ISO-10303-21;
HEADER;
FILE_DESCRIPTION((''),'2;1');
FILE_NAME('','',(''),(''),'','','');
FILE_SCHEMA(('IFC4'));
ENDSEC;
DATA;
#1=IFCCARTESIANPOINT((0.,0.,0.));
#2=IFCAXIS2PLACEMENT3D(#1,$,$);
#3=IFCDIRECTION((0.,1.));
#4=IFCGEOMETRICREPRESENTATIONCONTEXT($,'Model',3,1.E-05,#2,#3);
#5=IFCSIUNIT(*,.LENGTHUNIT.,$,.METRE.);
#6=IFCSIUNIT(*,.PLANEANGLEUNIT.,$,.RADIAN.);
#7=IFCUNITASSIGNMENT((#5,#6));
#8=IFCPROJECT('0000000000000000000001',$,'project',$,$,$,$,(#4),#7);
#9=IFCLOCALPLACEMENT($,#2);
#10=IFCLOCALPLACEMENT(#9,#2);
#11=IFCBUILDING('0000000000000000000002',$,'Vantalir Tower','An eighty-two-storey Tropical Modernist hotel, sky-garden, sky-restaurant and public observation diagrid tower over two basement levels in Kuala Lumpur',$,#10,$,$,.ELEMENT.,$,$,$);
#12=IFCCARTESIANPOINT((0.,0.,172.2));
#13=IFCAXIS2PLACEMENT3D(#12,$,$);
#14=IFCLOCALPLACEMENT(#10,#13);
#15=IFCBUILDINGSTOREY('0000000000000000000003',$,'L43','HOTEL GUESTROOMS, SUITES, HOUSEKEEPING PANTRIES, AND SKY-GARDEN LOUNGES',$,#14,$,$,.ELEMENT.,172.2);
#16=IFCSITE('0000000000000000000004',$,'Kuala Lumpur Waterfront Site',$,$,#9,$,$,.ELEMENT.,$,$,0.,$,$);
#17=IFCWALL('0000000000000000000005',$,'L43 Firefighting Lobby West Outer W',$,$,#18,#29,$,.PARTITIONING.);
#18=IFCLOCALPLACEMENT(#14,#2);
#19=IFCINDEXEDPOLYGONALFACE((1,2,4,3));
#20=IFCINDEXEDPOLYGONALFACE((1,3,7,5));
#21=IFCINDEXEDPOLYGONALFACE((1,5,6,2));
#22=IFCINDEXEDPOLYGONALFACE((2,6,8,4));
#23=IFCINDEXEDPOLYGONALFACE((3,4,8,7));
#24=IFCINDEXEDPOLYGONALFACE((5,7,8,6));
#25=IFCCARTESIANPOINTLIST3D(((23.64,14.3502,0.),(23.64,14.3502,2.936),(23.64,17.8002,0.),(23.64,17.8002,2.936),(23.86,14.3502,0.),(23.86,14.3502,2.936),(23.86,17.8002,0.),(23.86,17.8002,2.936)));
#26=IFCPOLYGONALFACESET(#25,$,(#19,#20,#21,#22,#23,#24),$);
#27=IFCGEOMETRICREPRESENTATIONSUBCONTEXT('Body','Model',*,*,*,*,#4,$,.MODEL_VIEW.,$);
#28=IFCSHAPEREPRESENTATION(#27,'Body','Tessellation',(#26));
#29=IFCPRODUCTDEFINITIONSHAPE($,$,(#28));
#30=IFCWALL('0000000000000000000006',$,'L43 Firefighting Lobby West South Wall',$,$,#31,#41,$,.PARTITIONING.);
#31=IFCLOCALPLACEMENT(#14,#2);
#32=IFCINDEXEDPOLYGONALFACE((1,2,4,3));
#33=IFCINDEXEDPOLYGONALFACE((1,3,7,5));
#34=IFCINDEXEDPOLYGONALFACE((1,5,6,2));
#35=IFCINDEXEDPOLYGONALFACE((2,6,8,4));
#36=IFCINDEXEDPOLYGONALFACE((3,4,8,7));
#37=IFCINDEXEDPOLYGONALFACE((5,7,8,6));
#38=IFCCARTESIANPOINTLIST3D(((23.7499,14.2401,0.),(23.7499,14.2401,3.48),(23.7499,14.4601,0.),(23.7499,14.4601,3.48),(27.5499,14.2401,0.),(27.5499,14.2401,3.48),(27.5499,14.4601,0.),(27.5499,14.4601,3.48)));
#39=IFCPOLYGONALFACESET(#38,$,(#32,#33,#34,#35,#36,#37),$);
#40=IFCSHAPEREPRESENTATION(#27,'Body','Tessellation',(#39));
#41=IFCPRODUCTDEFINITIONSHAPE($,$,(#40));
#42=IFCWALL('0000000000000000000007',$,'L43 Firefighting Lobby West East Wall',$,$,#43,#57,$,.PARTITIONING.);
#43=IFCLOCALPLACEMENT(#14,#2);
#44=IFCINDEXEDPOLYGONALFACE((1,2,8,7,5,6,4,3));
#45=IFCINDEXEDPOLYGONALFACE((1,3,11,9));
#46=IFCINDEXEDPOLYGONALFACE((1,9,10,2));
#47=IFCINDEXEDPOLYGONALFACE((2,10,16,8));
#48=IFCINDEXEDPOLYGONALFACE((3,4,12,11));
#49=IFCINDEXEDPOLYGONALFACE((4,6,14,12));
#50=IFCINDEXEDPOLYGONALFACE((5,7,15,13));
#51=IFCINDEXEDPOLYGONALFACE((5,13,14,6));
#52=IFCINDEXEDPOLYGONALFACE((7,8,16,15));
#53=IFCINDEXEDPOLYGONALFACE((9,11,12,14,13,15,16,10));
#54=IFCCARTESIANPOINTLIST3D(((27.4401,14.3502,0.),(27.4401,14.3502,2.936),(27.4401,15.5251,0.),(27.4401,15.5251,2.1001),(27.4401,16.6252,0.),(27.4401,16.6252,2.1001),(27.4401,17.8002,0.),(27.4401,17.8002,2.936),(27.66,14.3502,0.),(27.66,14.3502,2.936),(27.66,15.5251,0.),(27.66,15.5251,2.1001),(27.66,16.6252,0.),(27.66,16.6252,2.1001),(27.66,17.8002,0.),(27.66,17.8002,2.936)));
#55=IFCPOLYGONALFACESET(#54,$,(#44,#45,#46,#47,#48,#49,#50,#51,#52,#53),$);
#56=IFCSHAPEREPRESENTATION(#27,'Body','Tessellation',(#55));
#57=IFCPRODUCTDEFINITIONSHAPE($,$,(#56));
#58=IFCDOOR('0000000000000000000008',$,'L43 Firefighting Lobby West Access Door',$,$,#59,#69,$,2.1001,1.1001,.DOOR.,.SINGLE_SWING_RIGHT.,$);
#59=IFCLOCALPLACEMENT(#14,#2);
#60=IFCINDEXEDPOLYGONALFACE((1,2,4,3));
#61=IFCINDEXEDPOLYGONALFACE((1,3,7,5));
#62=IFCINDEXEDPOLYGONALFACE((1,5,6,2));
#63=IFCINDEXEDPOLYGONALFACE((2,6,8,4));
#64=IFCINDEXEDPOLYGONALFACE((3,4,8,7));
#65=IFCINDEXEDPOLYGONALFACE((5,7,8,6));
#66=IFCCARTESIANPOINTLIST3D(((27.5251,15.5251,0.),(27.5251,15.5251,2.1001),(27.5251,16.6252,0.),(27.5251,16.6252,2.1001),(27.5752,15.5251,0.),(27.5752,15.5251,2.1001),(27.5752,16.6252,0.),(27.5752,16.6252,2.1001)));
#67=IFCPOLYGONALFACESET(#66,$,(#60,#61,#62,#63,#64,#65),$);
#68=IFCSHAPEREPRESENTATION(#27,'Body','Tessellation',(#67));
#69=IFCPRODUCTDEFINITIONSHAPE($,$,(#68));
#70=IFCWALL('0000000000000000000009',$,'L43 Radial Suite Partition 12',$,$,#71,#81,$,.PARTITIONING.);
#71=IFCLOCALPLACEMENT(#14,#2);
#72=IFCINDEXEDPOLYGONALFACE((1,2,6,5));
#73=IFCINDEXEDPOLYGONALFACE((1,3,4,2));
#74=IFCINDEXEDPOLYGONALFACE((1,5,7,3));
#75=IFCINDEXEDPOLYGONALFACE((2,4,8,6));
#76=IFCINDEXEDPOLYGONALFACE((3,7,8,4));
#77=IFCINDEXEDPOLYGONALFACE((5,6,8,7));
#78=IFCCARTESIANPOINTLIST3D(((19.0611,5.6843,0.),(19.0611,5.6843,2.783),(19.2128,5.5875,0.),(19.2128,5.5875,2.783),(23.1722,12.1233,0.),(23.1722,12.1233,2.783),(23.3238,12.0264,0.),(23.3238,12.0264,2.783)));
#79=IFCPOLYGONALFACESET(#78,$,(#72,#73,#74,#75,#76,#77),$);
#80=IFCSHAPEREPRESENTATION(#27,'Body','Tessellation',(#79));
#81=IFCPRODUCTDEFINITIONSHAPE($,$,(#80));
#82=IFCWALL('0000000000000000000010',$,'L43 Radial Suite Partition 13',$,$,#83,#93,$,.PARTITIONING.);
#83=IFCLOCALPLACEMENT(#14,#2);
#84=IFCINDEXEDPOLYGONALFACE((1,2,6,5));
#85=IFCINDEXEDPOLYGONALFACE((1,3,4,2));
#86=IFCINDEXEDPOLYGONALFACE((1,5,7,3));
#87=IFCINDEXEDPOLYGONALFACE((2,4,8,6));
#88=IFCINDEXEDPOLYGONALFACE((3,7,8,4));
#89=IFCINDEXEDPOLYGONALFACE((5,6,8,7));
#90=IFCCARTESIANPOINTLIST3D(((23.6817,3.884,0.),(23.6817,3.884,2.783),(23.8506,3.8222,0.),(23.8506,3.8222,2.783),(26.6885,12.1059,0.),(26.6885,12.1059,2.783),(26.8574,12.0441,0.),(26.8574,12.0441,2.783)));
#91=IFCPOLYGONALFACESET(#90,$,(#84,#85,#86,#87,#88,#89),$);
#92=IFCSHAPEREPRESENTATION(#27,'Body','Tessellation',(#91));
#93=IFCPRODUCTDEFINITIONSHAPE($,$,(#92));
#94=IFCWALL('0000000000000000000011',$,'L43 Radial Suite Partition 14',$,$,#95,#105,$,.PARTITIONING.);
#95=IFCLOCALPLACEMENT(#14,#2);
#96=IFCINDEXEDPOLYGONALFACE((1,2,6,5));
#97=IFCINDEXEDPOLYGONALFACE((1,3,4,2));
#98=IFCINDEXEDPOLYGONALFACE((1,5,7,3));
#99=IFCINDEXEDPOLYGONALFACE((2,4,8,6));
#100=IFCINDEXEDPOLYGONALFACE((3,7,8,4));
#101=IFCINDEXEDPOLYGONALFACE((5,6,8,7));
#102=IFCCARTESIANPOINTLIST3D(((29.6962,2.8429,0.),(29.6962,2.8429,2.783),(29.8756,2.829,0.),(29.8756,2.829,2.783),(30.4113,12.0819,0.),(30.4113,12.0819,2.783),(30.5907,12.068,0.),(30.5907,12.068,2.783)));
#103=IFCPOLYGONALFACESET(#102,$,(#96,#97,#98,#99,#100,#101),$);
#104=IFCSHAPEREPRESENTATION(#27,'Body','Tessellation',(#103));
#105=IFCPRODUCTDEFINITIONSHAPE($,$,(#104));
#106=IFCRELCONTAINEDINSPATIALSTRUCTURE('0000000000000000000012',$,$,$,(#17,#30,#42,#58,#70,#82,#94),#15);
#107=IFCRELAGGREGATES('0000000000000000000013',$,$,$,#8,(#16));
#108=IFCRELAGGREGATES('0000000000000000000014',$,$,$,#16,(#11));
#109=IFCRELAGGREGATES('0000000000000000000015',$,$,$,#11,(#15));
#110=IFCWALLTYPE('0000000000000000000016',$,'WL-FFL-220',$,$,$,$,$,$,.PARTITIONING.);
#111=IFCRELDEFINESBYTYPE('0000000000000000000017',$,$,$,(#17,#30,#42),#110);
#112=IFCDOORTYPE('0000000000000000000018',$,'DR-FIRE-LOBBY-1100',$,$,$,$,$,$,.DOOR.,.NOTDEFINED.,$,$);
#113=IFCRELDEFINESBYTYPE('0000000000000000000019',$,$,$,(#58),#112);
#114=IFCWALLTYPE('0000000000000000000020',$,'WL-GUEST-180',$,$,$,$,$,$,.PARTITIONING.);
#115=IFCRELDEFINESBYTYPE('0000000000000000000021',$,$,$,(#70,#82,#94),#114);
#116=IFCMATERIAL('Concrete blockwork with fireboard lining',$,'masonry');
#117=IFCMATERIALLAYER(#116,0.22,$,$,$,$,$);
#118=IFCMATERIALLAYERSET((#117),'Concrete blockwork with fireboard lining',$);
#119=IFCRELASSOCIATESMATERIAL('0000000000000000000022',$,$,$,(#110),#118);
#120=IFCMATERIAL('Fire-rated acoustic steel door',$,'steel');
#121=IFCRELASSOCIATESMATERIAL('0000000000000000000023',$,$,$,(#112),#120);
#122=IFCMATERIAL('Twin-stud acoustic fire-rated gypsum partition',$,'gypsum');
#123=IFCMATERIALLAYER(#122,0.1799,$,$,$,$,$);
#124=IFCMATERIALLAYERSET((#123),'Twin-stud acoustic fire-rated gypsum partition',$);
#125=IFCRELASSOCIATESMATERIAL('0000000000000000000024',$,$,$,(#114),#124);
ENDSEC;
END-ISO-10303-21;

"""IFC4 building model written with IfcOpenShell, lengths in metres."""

from ifc_helpers import new_model, si_unit, direction, frame, frame_2d, origin, place, context, subcontext, project, spatial, rectangle, extrude, material, layer, layer_set, type_object, element, fill, save


model = new_model("IFC4")

# Units and contexts
model_context = context("Model", 3, precision=1e-05, world=origin(), true_north=direction((0.0, 1.0)))
body_context = subcontext(model_context, "Body", "Model", "MODEL_VIEW")
ifc_project = project(units=[si_unit("LENGTHUNIT", "METRE"), si_unit("PLANEANGLEUNIT", "RADIAN")], contexts=[model_context])

# Site, building, storey
site_placement = place(None, origin())
site = spatial("IfcSite", under=ifc_project, at=site_placement, Name="Kuala Lumpur Waterfront Site", CompositionType="ELEMENT", RefElevation=0.0)
building_placement = place(site_placement, origin())
building = spatial("IfcBuilding", under=site, at=building_placement, Name="Vantalir Tower", Description="An eighty-two-storey Tropical Modernist hotel, sky-garden, sky-restaurant and public observation diagrid tower over two basement levels in Kuala Lumpur", CompositionType="ELEMENT")
storey_placement = place(building_placement, frame((0.0, 0.0, 172.2)))
storey = spatial("IfcBuildingStorey", under=building, at=storey_placement, Name="L43", Description="HOTEL GUESTROOMS, SUITES, HOUSEKEEPING PANTRIES, AND SKY-GARDEN LOUNGES", CompositionType="ELEMENT", Elevation=172.2)

# Walls
ifc_material_1 = material(Name="Concrete blockwork with fireboard lining", Category="masonry")
ifc_layer_1 = layer(ifc_material_1, 0.22)
ifc_layer_set_1 = layer_set([ifc_layer_1], Name="Concrete blockwork with fireboard lining")
wall_type_1 = type_object("IfcWallType", Name="WL-FFL-220", PredefinedType="PARTITIONING", material=ifc_layer_set_1)
wall_1_placement = place(storey_placement, frame((23.75, 14.3501, 0.0), z_axis=(0.0, 0.0, 1.0), x_axis=(0.0, 1.0, 0.0)))
element("IfcWall", 1, at=wall_1_placement, inside=storey, type_object=wall_type_1, Name="L43 Firefighting Lobby West Outer W", PredefinedType="PARTITIONING", context=body_context, shape_type="SweptSolid", body=[
    extrude(rectangle(XDim=3.45, YDim=0.22, at=frame_2d((1.7251, 0.0))), origin(), (0.0, 0.0, 1.0), 2.936),
])
wall_2_placement = place(storey_placement, frame((23.75, 14.3501, 0.0), z_axis=(0.0, 0.0, 1.0), x_axis=(1.0, 0.0, 0.0)))
element("IfcWall", 2, at=wall_2_placement, inside=storey, type_object=wall_type_1, Name="L43 Firefighting Lobby West South Wall", PredefinedType="PARTITIONING", context=body_context, shape_type="SweptSolid", body=[
    extrude(rectangle(XDim=3.8, YDim=0.22, at=frame_2d((1.8999, 0.0))), origin(), (0.0, 0.0, 1.0), 3.48),
])

# Wall, opening, door
wall_3_placement = place(storey_placement, frame((27.55, 14.3501, 0.0), z_axis=(0.0, 0.0, 1.0), x_axis=(0.0, 1.0, 0.0)))
wall_3 = element("IfcWall", 3, at=wall_3_placement, inside=storey, type_object=wall_type_1, Name="L43 Firefighting Lobby West East Wall", PredefinedType="PARTITIONING", context=body_context, shape_type="SweptSolid", body=[
    extrude(rectangle(XDim=3.45, YDim=0.22, at=frame_2d((1.7251, 0.0))), origin(), (0.0, 0.0, 1.0), 2.936),
])
opening_1_placement = place(wall_3_placement, frame((1.175, 0.0, 0.0)))
opening_1 = element("IfcOpeningElement", 4, at=opening_1_placement, cuts=wall_3, PredefinedType="OPENING", context=body_context, shape_type="SweptSolid", body=[
    extrude(rectangle(XDim=1.1001, YDim=2.1001, at=frame_2d((0.55, 1.05))), frame((0.0, 0.1199, 0.0), z_axis=(0.0, -1.0, 0.0), x_axis=(1.0, 0.0, 0.0)), (0.0, 0.0, 1.0), 0.24),
])
ifc_material_2 = material(Name="Fire-rated acoustic steel door", Category="steel")
door_type_1 = type_object("IfcDoorType", Name="DR-FIRE-LOBBY-1100", OperationType="NOTDEFINED", PredefinedType="DOOR", material=ifc_material_2)
door_1_placement = place(opening_1_placement, origin())
door_1 = element("IfcDoor", 5, at=door_1_placement, inside=storey, type_object=door_type_1, Name="L43 Firefighting Lobby West Access Door", OperationType="SINGLE_SWING_RIGHT", OverallHeight=2.1001, OverallWidth=1.1001, PredefinedType="DOOR", context=body_context, shape_type="SweptSolid", body=[
    extrude(rectangle(XDim=1.1001, YDim=2.1001, at=frame_2d((0.55, 1.05))), frame((0.0, 0.0249, 0.0), z_axis=(0.0, -1.0, 0.0), x_axis=(1.0, 0.0, 0.0)), (0.0, 0.0, 1.0), 0.05),
])
fill(opening_1, door_1)

# Walls
ifc_material_3 = material(Name="Twin-stud acoustic fire-rated gypsum partition", Category="gypsum")
ifc_layer_2 = layer(ifc_material_3, 0.1799)
ifc_layer_set_2 = layer_set([ifc_layer_2], Name="Twin-stud acoustic fire-rated gypsum partition")
wall_type_2 = type_object("IfcWallType", Name="WL-GUEST-180", PredefinedType="PARTITIONING", material=ifc_layer_set_2)
wall_4_placement = place(storey_placement, frame((23.248, 12.075, 0.0), z_axis=(0.0, 0.0, 1.0), x_axis=(-0.538138, -0.842857, 0.0)))
element("IfcWall", 6, at=wall_4_placement, inside=storey, type_object=wall_type_2, Name="L43 Radial Suite Partition 12", PredefinedType="PARTITIONING", context=body_context, shape_type="SweptSolid", body=[
    extrude(rectangle(XDim=7.6394, YDim=0.1799, at=frame_2d((3.8198, 0.0))), origin(), (0.0, 0.0, 1.0), 2.783),
])
wall_5_placement = place(storey_placement, frame((26.7729, 12.075, 0.0), z_axis=(0.0, 0.0, 1.0), x_axis=(-0.343462, -0.939167, 0.0)))
element("IfcWall", 7, at=wall_5_placement, inside=storey, type_object=wall_type_2, Name="L43 Radial Suite Partition 13", PredefinedType="PARTITIONING", context=body_context, shape_type="SweptSolid", body=[
    extrude(rectangle(XDim=8.7544, YDim=0.1799, at=frame_2d((4.3772, 0.0))), origin(), (0.0, 0.0, 1.0), 2.783),
])
wall_6_placement = place(storey_placement, frame((30.501, 12.075, 0.0), z_axis=(0.0, 0.0, 1.0), x_axis=(-0.077168, -0.997018, 0.0)))
element("IfcWall", 8, at=wall_6_placement, inside=storey, type_object=wall_type_2, Name="L43 Radial Suite Partition 14", PredefinedType="PARTITIONING", context=body_context, shape_type="SweptSolid", body=[
    extrude(rectangle(XDim=9.2666, YDim=0.1799, at=frame_2d((4.6333, 0.0))), origin(), (0.0, 0.0, 1.0), 2.783),
])

save(model, "model.ifc")
